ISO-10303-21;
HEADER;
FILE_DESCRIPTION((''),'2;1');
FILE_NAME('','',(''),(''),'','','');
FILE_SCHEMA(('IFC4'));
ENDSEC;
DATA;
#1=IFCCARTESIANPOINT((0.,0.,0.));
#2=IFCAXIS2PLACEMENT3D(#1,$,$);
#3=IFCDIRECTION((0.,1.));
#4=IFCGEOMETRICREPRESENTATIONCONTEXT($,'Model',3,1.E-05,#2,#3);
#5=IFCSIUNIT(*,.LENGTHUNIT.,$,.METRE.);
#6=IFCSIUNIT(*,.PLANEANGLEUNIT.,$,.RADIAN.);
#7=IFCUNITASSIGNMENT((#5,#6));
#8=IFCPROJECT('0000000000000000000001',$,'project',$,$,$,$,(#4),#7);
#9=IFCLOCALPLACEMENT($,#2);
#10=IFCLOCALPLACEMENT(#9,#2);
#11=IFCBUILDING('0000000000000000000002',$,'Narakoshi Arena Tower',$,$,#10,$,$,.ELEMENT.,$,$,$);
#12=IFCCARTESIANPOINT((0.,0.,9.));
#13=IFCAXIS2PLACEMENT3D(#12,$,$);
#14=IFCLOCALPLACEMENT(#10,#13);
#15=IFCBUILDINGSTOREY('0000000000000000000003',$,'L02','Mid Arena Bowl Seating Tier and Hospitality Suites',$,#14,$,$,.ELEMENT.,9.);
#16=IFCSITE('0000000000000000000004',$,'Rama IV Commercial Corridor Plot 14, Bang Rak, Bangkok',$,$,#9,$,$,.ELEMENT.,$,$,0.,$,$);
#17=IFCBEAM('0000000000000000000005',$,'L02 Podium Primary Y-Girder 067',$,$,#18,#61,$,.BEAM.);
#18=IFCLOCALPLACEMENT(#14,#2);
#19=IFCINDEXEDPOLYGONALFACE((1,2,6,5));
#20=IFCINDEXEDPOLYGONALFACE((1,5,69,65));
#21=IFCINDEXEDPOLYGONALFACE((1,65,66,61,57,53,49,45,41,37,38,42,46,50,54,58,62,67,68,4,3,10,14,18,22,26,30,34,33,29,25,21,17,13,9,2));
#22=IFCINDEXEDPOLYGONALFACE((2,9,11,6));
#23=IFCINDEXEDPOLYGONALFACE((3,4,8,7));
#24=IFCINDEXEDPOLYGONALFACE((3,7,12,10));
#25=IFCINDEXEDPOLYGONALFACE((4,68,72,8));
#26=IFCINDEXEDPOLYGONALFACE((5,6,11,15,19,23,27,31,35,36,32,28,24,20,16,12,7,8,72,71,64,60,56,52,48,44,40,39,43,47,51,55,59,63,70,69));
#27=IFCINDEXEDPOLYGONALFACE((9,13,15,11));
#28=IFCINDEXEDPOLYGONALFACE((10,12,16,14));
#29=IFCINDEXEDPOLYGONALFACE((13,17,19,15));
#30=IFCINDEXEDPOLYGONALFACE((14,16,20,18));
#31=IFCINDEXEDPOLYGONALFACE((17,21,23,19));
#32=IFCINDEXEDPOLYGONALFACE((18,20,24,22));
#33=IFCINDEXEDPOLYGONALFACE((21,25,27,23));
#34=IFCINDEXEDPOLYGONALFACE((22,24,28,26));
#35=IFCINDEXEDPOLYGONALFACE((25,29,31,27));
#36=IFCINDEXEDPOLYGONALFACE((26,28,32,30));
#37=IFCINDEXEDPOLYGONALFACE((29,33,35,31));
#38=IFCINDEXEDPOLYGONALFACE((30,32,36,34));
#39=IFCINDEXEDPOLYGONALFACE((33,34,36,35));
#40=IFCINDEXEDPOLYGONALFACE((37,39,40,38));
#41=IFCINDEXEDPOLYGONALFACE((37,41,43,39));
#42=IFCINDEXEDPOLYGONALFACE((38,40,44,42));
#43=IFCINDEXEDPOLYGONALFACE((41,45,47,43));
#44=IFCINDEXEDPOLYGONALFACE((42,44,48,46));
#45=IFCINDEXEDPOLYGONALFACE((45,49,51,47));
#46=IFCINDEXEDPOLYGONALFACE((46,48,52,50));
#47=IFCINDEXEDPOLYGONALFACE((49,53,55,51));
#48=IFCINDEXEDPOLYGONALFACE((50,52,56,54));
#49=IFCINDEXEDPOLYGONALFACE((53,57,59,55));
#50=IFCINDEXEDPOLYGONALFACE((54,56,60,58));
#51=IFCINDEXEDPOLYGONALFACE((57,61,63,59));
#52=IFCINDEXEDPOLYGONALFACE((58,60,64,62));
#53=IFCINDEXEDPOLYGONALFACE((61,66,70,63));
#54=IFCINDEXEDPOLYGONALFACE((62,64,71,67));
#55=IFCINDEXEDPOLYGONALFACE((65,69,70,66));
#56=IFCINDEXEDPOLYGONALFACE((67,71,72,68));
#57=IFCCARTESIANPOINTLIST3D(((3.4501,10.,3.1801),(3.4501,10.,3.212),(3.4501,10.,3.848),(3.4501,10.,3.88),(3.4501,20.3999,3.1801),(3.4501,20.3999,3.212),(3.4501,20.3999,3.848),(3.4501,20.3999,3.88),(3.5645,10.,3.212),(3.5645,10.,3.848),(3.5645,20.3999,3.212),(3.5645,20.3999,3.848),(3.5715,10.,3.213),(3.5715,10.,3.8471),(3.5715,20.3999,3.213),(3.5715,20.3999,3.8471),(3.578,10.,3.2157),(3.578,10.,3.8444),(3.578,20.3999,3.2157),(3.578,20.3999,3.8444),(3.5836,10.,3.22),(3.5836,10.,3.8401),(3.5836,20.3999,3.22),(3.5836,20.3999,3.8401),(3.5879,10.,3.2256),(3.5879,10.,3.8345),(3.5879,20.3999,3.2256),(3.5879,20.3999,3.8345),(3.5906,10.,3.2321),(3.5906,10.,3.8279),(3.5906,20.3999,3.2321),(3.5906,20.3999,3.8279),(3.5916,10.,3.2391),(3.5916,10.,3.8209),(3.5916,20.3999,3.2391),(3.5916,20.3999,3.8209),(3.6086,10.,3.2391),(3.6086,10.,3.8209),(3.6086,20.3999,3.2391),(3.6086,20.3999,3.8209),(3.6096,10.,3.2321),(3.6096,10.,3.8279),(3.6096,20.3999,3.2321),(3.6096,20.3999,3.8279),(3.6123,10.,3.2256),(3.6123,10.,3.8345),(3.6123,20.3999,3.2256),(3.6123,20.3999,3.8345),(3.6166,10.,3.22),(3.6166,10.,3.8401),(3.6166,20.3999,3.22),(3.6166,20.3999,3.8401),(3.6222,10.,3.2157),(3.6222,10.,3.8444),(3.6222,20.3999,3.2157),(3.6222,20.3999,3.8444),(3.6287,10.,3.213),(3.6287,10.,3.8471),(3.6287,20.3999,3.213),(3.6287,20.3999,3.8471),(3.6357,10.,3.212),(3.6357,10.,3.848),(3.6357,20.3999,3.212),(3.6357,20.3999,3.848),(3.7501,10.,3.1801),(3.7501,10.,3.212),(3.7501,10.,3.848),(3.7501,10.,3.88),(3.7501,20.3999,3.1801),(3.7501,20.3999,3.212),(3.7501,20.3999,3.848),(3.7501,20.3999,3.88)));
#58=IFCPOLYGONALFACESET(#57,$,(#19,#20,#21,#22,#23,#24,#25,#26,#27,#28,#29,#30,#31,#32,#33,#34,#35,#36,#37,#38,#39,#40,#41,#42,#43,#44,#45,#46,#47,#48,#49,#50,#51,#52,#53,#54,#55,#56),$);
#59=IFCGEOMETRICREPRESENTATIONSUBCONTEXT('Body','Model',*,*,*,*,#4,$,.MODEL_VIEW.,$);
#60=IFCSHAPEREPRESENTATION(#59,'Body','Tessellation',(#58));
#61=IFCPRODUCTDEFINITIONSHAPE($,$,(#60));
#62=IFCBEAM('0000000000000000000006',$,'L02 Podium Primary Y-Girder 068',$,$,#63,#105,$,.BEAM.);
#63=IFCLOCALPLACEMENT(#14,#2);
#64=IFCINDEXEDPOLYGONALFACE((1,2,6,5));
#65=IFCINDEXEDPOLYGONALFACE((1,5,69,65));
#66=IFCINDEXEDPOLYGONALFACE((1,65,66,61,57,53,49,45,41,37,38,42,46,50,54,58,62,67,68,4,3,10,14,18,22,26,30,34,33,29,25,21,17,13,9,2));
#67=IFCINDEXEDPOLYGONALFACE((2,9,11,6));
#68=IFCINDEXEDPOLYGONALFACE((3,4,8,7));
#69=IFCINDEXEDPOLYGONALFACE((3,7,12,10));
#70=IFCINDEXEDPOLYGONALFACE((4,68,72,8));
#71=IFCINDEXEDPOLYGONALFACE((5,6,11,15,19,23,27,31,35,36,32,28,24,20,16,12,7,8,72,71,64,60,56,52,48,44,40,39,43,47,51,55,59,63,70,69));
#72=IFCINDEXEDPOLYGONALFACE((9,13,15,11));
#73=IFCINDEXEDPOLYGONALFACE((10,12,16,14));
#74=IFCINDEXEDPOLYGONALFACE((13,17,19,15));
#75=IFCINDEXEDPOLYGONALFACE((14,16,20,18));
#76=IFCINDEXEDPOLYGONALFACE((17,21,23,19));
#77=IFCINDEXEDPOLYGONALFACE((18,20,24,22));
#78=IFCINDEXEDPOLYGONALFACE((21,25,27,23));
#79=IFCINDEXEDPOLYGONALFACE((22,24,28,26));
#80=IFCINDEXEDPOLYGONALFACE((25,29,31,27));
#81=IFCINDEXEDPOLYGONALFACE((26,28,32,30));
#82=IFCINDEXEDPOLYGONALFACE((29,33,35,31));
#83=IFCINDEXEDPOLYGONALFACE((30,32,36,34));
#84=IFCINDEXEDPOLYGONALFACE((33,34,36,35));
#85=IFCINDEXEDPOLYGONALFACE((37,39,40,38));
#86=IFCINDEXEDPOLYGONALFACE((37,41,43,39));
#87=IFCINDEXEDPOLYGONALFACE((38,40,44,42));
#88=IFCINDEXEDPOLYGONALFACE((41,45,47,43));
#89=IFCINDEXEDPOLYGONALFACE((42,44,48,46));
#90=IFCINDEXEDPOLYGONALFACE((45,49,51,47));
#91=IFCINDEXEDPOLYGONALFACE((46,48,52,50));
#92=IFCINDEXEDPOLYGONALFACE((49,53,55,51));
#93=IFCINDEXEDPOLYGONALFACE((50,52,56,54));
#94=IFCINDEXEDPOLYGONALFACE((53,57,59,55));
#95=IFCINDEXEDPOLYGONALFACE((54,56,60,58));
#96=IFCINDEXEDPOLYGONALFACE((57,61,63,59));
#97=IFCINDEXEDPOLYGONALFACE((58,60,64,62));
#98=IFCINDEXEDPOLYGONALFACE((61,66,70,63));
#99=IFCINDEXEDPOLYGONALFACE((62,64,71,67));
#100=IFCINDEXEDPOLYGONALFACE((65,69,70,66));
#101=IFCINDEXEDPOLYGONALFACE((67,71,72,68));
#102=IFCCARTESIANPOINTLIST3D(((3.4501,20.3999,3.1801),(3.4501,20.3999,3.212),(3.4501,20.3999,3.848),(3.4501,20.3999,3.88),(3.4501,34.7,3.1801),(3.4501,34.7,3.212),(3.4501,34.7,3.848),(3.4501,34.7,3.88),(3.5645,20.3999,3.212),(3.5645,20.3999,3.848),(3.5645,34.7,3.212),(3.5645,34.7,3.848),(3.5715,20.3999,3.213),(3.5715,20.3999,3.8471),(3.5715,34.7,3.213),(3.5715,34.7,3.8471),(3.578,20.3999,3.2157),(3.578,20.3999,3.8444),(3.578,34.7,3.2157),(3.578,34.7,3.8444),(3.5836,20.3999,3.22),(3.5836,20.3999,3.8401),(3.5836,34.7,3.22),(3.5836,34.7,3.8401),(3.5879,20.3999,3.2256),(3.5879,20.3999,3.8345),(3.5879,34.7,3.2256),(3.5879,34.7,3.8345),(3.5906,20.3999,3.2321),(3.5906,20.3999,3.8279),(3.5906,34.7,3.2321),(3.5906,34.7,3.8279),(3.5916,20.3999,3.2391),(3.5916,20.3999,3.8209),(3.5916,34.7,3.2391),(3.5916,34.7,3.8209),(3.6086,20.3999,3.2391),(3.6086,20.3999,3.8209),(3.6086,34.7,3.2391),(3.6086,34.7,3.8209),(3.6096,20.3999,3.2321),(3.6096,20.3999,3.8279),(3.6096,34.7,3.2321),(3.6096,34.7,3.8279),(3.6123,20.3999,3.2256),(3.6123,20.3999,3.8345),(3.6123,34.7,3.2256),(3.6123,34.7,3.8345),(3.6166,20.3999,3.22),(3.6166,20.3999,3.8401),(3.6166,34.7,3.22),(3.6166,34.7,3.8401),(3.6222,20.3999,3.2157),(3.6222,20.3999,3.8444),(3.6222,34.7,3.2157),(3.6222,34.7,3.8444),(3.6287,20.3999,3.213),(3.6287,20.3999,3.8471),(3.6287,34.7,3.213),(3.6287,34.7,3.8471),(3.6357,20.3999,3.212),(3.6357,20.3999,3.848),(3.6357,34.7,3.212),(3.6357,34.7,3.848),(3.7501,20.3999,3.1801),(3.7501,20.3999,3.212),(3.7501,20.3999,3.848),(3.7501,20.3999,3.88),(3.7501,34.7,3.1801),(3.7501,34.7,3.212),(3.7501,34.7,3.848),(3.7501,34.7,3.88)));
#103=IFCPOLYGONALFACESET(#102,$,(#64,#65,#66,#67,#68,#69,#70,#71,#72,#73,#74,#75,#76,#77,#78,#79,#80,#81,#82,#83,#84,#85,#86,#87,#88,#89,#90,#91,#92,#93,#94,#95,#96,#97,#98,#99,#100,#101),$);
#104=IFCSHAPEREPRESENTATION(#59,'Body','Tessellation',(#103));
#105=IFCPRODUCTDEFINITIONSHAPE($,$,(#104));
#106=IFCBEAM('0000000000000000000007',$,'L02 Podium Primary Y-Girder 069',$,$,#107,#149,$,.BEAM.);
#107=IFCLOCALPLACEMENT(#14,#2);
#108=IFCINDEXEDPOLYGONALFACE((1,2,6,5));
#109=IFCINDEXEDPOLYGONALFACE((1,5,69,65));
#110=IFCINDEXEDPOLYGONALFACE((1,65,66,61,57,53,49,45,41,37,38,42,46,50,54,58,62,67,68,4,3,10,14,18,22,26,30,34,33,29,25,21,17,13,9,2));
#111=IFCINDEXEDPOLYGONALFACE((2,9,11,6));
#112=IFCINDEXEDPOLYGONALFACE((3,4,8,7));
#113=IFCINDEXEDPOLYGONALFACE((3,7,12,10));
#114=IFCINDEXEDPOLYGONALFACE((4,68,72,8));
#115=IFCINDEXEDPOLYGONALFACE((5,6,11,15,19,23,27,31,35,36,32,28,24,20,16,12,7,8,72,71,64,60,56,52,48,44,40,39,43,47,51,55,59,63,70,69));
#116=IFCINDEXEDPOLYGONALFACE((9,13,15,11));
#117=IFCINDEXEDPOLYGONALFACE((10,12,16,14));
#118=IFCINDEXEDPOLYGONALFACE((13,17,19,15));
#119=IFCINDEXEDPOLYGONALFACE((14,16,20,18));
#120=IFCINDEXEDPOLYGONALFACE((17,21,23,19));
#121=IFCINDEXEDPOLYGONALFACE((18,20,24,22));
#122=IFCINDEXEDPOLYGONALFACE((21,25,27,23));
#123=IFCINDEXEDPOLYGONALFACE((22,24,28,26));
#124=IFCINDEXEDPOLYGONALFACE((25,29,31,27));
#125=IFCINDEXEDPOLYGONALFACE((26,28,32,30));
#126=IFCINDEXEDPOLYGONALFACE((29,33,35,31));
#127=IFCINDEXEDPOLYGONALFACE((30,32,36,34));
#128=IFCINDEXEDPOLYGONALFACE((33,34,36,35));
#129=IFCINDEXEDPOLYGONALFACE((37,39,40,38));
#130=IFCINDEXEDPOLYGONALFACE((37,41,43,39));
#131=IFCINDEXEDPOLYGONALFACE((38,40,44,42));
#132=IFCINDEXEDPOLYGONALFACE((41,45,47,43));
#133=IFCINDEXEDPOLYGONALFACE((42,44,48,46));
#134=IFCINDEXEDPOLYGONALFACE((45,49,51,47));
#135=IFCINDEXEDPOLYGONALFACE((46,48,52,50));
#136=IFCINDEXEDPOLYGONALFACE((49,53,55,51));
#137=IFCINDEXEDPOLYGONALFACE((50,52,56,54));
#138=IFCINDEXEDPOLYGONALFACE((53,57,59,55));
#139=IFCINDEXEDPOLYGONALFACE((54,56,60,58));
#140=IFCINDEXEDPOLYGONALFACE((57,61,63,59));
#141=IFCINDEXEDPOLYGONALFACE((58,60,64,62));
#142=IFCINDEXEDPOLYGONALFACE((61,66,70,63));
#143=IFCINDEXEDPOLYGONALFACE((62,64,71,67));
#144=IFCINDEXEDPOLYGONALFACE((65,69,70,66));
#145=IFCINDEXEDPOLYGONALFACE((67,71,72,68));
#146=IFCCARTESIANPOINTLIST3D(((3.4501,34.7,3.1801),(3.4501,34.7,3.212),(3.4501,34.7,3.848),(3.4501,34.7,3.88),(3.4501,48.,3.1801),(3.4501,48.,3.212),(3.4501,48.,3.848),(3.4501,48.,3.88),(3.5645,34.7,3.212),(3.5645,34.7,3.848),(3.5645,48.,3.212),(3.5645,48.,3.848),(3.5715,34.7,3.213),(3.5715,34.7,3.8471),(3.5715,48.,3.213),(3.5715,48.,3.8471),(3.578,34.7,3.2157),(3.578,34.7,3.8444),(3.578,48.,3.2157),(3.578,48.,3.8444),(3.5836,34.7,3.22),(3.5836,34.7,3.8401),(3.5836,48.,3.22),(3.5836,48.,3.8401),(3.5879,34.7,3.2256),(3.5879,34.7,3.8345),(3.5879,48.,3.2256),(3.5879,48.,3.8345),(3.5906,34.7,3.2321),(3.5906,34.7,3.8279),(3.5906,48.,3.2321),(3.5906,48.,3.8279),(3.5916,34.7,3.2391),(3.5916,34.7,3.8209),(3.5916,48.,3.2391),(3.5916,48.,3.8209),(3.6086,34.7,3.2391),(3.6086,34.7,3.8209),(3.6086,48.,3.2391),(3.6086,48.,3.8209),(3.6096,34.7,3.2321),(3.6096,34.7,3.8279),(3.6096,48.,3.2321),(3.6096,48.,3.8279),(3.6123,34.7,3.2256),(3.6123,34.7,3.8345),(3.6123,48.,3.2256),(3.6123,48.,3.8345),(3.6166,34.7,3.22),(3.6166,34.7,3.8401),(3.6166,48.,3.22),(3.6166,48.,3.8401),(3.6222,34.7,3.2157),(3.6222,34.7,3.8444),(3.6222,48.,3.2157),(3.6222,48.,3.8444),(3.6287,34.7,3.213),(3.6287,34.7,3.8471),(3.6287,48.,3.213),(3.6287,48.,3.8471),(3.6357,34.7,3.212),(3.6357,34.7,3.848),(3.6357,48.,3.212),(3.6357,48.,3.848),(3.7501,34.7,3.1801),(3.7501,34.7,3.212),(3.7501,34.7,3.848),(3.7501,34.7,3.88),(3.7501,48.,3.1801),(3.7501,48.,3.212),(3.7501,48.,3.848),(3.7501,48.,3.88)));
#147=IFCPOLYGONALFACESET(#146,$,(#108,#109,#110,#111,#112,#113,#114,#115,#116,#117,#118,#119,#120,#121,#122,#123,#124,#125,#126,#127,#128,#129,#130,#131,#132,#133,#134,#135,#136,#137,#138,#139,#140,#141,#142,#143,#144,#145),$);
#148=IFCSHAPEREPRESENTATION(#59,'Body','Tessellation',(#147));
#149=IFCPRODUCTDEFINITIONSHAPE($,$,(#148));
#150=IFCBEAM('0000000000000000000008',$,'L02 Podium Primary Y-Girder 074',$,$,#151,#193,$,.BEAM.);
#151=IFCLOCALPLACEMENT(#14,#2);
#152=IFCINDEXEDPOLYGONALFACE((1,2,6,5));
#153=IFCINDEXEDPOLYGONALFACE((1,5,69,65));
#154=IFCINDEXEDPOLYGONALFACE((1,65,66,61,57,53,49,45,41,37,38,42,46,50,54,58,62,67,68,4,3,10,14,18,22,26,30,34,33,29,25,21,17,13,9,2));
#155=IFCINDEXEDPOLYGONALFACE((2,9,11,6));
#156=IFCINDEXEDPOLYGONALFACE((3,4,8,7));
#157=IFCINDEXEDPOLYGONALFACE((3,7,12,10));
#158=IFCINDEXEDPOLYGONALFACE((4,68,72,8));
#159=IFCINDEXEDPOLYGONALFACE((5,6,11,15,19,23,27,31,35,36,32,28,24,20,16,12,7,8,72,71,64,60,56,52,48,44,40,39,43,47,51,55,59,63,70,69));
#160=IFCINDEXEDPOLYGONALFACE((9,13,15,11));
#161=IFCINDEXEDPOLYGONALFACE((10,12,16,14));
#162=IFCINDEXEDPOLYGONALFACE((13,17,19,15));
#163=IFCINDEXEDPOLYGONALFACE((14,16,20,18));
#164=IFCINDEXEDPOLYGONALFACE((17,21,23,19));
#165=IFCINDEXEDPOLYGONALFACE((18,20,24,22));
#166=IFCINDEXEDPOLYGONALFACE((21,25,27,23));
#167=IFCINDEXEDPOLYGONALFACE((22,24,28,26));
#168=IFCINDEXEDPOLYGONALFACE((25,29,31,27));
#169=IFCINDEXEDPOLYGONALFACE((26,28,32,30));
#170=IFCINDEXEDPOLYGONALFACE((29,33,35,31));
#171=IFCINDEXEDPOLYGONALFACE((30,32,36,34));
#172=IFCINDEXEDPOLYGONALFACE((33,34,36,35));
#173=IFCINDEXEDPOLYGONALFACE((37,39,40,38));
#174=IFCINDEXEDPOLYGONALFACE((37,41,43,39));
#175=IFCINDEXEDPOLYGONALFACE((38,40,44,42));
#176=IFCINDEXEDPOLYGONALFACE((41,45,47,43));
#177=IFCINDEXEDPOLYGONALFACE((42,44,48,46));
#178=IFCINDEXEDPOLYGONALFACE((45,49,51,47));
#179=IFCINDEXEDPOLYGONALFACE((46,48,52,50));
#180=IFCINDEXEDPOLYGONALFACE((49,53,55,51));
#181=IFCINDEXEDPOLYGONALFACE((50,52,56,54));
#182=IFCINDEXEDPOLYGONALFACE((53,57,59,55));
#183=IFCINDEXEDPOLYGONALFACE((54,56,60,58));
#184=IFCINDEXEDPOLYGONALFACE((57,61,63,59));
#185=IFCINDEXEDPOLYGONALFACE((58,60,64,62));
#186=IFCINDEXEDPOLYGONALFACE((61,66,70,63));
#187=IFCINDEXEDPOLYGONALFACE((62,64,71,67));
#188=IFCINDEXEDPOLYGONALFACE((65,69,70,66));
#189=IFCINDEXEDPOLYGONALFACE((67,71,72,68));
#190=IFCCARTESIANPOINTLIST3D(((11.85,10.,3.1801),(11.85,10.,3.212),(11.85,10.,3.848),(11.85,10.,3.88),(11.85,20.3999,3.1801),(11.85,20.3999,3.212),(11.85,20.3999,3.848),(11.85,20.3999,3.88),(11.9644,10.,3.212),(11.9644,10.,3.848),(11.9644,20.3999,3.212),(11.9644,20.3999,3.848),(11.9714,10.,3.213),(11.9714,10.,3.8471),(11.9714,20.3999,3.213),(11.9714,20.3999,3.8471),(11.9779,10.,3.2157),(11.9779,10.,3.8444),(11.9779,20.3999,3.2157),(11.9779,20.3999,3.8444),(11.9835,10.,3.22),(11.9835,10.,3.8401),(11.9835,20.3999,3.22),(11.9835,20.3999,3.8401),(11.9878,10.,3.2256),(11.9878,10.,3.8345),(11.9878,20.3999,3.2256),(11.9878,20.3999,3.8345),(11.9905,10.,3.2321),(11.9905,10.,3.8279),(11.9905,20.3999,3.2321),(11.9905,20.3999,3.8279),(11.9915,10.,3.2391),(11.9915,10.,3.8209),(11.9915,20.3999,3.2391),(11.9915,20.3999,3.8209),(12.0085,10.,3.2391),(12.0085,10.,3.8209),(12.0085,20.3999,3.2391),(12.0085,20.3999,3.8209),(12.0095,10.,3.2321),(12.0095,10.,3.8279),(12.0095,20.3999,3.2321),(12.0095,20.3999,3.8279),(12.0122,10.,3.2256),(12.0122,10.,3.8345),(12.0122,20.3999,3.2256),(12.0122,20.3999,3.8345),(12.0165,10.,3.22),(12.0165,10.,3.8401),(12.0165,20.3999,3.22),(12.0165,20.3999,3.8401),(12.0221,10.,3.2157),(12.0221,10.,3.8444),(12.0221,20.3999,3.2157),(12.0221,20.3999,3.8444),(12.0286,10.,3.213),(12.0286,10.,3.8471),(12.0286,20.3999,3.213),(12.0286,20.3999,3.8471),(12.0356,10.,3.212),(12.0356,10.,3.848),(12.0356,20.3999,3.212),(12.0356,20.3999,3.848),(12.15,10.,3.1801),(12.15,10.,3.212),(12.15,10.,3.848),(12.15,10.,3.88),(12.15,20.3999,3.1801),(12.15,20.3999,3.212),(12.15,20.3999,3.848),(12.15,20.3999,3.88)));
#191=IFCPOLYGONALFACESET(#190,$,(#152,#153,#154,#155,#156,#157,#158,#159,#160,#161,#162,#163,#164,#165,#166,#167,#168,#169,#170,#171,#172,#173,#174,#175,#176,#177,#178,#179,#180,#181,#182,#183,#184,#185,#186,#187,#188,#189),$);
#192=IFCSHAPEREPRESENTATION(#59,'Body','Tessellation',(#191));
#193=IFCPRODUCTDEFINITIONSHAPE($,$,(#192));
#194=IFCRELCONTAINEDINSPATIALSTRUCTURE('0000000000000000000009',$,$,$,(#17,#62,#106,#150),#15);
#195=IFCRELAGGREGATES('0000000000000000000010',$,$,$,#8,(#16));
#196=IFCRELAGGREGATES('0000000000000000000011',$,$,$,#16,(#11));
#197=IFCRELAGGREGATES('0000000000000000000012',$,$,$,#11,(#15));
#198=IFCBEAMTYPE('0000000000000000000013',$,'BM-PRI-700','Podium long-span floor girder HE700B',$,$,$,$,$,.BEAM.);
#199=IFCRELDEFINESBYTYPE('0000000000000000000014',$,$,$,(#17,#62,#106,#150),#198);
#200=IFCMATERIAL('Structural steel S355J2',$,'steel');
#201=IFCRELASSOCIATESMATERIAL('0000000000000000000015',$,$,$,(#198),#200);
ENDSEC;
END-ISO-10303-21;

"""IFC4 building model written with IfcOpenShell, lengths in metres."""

from ifc_helpers import new_model, si_unit, direction, frame, origin, origin_2d, place, context, subcontext, project, spatial, i_section, extrude, material, material_profile, profile_set, type_object, element, save


model = new_model("IFC4")

# Units and contexts
model_context = context("Model", 3, precision=1e-05, world=origin(), true_north=direction((0.0, 1.0)))
body_context = subcontext(model_context, "Body", "Model", "MODEL_VIEW")
ifc_project = project(units=[si_unit("LENGTHUNIT", "METRE"), si_unit("PLANEANGLEUNIT", "RADIAN")], contexts=[model_context])

# Site, building, storey
site_placement = place(None, origin())
site = spatial("IfcSite", under=ifc_project, at=site_placement, Name="Rama IV Commercial Corridor Plot 14, Bang Rak, Bangkok", CompositionType="ELEMENT", RefElevation=0.0)
building_placement = place(site_placement, origin())
building = spatial("IfcBuilding", under=site, at=building_placement, Name="Narakoshi Arena Tower", CompositionType="ELEMENT")
storey_placement = place(building_placement, frame((0.0, 0.0, 9.0)))
storey = spatial("IfcBuildingStorey", under=building, at=storey_placement, Name="L02", Description="Mid Arena Bowl Seating Tier and Hospitality Suites", CompositionType="ELEMENT", Elevation=9.0)

# Beams
ifc_material_1 = material(Name="Structural steel S355J2", Category="steel")
ifc_material_profile_1 = material_profile(ifc_material_1, i_section(OverallWidth=0.3, OverallDepth=0.7, WebThickness=0.0171, FlangeThickness=0.032, FilletRadius=0.0271, at=origin_2d()), Name="HE700B")
ifc_profile_set_1 = profile_set([ifc_material_profile_1], Name="Structural steel S355J2")
beam_type_1 = type_object("IfcBeamType", Name="BM-PRI-700", Description="Podium long-span floor girder HE700B", PredefinedType="BEAM", material=ifc_profile_set_1)
beam_1_placement = place(storey_placement, frame((3.6001, 10.0, 3.53), z_axis=(0.0, 1.0, 0.0), x_axis=(-1.0, 0.0, 0.0)))
element("IfcBeam", 1, at=beam_1_placement, inside=storey, type_object=beam_type_1, Name="L02 Podium Primary Y-Girder 067", PredefinedType="BEAM", context=body_context, shape_type="SweptSolid", body=[
    extrude(i_section(OverallWidth=0.3, OverallDepth=0.7, WebThickness=0.0171, FlangeThickness=0.032, FilletRadius=0.0271, at=origin_2d()), origin(), (0.0, 0.0, 1.0), 10.3999),
])
beam_2_placement = place(storey_placement, frame((3.6001, 20.3999, 3.53), z_axis=(0.0, 1.0, 0.0), x_axis=(-1.0, 0.0, 0.0)))
element("IfcBeam", 2, at=beam_2_placement, inside=storey, type_object=beam_type_1, Name="L02 Podium Primary Y-Girder 068", PredefinedType="BEAM", context=body_context, shape_type="SweptSolid", body=[
    extrude(i_section(OverallWidth=0.3, OverallDepth=0.7, WebThickness=0.0171, FlangeThickness=0.032, FilletRadius=0.0271, at=origin_2d()), origin(), (0.0, 0.0, 1.0), 14.3),
])
beam_3_placement = place(storey_placement, frame((3.6001, 34.7, 3.53), z_axis=(0.0, 1.0, 0.0), x_axis=(-1.0, 0.0, 0.0)))
element("IfcBeam", 3, at=beam_3_placement, inside=storey, type_object=beam_type_1, Name="L02 Podium Primary Y-Girder 069", PredefinedType="BEAM", context=body_context, shape_type="SweptSolid", body=[
    extrude(i_section(OverallWidth=0.3, OverallDepth=0.7, WebThickness=0.0171, FlangeThickness=0.032, FilletRadius=0.0271, at=origin_2d()), origin(), (0.0, 0.0, 1.0), 13.3),
])
for number, where, z_axis, x_axis, name in (
    (4, (12.0, 10.0, 3.53), (0.0, 1.0, 0.0), (-1.0, 0.0, 0.0), "L02 Podium Primary Y-Girder 074"),
):
    element("IfcBeam", number, at=place(storey_placement, frame(where, z_axis=z_axis, x_axis=x_axis)), inside=storey, type_object=beam_type_1, Name=name, PredefinedType="BEAM", context=body_context, shape_type="SweptSolid", body=[
        extrude(i_section(OverallWidth=0.3, OverallDepth=0.7, WebThickness=0.0171, FlangeThickness=0.032, FilletRadius=0.0271, at=origin_2d()), origin(), (0.0, 0.0, 1.0), 10.3999),
    ])

save(model, "model.ifc")
